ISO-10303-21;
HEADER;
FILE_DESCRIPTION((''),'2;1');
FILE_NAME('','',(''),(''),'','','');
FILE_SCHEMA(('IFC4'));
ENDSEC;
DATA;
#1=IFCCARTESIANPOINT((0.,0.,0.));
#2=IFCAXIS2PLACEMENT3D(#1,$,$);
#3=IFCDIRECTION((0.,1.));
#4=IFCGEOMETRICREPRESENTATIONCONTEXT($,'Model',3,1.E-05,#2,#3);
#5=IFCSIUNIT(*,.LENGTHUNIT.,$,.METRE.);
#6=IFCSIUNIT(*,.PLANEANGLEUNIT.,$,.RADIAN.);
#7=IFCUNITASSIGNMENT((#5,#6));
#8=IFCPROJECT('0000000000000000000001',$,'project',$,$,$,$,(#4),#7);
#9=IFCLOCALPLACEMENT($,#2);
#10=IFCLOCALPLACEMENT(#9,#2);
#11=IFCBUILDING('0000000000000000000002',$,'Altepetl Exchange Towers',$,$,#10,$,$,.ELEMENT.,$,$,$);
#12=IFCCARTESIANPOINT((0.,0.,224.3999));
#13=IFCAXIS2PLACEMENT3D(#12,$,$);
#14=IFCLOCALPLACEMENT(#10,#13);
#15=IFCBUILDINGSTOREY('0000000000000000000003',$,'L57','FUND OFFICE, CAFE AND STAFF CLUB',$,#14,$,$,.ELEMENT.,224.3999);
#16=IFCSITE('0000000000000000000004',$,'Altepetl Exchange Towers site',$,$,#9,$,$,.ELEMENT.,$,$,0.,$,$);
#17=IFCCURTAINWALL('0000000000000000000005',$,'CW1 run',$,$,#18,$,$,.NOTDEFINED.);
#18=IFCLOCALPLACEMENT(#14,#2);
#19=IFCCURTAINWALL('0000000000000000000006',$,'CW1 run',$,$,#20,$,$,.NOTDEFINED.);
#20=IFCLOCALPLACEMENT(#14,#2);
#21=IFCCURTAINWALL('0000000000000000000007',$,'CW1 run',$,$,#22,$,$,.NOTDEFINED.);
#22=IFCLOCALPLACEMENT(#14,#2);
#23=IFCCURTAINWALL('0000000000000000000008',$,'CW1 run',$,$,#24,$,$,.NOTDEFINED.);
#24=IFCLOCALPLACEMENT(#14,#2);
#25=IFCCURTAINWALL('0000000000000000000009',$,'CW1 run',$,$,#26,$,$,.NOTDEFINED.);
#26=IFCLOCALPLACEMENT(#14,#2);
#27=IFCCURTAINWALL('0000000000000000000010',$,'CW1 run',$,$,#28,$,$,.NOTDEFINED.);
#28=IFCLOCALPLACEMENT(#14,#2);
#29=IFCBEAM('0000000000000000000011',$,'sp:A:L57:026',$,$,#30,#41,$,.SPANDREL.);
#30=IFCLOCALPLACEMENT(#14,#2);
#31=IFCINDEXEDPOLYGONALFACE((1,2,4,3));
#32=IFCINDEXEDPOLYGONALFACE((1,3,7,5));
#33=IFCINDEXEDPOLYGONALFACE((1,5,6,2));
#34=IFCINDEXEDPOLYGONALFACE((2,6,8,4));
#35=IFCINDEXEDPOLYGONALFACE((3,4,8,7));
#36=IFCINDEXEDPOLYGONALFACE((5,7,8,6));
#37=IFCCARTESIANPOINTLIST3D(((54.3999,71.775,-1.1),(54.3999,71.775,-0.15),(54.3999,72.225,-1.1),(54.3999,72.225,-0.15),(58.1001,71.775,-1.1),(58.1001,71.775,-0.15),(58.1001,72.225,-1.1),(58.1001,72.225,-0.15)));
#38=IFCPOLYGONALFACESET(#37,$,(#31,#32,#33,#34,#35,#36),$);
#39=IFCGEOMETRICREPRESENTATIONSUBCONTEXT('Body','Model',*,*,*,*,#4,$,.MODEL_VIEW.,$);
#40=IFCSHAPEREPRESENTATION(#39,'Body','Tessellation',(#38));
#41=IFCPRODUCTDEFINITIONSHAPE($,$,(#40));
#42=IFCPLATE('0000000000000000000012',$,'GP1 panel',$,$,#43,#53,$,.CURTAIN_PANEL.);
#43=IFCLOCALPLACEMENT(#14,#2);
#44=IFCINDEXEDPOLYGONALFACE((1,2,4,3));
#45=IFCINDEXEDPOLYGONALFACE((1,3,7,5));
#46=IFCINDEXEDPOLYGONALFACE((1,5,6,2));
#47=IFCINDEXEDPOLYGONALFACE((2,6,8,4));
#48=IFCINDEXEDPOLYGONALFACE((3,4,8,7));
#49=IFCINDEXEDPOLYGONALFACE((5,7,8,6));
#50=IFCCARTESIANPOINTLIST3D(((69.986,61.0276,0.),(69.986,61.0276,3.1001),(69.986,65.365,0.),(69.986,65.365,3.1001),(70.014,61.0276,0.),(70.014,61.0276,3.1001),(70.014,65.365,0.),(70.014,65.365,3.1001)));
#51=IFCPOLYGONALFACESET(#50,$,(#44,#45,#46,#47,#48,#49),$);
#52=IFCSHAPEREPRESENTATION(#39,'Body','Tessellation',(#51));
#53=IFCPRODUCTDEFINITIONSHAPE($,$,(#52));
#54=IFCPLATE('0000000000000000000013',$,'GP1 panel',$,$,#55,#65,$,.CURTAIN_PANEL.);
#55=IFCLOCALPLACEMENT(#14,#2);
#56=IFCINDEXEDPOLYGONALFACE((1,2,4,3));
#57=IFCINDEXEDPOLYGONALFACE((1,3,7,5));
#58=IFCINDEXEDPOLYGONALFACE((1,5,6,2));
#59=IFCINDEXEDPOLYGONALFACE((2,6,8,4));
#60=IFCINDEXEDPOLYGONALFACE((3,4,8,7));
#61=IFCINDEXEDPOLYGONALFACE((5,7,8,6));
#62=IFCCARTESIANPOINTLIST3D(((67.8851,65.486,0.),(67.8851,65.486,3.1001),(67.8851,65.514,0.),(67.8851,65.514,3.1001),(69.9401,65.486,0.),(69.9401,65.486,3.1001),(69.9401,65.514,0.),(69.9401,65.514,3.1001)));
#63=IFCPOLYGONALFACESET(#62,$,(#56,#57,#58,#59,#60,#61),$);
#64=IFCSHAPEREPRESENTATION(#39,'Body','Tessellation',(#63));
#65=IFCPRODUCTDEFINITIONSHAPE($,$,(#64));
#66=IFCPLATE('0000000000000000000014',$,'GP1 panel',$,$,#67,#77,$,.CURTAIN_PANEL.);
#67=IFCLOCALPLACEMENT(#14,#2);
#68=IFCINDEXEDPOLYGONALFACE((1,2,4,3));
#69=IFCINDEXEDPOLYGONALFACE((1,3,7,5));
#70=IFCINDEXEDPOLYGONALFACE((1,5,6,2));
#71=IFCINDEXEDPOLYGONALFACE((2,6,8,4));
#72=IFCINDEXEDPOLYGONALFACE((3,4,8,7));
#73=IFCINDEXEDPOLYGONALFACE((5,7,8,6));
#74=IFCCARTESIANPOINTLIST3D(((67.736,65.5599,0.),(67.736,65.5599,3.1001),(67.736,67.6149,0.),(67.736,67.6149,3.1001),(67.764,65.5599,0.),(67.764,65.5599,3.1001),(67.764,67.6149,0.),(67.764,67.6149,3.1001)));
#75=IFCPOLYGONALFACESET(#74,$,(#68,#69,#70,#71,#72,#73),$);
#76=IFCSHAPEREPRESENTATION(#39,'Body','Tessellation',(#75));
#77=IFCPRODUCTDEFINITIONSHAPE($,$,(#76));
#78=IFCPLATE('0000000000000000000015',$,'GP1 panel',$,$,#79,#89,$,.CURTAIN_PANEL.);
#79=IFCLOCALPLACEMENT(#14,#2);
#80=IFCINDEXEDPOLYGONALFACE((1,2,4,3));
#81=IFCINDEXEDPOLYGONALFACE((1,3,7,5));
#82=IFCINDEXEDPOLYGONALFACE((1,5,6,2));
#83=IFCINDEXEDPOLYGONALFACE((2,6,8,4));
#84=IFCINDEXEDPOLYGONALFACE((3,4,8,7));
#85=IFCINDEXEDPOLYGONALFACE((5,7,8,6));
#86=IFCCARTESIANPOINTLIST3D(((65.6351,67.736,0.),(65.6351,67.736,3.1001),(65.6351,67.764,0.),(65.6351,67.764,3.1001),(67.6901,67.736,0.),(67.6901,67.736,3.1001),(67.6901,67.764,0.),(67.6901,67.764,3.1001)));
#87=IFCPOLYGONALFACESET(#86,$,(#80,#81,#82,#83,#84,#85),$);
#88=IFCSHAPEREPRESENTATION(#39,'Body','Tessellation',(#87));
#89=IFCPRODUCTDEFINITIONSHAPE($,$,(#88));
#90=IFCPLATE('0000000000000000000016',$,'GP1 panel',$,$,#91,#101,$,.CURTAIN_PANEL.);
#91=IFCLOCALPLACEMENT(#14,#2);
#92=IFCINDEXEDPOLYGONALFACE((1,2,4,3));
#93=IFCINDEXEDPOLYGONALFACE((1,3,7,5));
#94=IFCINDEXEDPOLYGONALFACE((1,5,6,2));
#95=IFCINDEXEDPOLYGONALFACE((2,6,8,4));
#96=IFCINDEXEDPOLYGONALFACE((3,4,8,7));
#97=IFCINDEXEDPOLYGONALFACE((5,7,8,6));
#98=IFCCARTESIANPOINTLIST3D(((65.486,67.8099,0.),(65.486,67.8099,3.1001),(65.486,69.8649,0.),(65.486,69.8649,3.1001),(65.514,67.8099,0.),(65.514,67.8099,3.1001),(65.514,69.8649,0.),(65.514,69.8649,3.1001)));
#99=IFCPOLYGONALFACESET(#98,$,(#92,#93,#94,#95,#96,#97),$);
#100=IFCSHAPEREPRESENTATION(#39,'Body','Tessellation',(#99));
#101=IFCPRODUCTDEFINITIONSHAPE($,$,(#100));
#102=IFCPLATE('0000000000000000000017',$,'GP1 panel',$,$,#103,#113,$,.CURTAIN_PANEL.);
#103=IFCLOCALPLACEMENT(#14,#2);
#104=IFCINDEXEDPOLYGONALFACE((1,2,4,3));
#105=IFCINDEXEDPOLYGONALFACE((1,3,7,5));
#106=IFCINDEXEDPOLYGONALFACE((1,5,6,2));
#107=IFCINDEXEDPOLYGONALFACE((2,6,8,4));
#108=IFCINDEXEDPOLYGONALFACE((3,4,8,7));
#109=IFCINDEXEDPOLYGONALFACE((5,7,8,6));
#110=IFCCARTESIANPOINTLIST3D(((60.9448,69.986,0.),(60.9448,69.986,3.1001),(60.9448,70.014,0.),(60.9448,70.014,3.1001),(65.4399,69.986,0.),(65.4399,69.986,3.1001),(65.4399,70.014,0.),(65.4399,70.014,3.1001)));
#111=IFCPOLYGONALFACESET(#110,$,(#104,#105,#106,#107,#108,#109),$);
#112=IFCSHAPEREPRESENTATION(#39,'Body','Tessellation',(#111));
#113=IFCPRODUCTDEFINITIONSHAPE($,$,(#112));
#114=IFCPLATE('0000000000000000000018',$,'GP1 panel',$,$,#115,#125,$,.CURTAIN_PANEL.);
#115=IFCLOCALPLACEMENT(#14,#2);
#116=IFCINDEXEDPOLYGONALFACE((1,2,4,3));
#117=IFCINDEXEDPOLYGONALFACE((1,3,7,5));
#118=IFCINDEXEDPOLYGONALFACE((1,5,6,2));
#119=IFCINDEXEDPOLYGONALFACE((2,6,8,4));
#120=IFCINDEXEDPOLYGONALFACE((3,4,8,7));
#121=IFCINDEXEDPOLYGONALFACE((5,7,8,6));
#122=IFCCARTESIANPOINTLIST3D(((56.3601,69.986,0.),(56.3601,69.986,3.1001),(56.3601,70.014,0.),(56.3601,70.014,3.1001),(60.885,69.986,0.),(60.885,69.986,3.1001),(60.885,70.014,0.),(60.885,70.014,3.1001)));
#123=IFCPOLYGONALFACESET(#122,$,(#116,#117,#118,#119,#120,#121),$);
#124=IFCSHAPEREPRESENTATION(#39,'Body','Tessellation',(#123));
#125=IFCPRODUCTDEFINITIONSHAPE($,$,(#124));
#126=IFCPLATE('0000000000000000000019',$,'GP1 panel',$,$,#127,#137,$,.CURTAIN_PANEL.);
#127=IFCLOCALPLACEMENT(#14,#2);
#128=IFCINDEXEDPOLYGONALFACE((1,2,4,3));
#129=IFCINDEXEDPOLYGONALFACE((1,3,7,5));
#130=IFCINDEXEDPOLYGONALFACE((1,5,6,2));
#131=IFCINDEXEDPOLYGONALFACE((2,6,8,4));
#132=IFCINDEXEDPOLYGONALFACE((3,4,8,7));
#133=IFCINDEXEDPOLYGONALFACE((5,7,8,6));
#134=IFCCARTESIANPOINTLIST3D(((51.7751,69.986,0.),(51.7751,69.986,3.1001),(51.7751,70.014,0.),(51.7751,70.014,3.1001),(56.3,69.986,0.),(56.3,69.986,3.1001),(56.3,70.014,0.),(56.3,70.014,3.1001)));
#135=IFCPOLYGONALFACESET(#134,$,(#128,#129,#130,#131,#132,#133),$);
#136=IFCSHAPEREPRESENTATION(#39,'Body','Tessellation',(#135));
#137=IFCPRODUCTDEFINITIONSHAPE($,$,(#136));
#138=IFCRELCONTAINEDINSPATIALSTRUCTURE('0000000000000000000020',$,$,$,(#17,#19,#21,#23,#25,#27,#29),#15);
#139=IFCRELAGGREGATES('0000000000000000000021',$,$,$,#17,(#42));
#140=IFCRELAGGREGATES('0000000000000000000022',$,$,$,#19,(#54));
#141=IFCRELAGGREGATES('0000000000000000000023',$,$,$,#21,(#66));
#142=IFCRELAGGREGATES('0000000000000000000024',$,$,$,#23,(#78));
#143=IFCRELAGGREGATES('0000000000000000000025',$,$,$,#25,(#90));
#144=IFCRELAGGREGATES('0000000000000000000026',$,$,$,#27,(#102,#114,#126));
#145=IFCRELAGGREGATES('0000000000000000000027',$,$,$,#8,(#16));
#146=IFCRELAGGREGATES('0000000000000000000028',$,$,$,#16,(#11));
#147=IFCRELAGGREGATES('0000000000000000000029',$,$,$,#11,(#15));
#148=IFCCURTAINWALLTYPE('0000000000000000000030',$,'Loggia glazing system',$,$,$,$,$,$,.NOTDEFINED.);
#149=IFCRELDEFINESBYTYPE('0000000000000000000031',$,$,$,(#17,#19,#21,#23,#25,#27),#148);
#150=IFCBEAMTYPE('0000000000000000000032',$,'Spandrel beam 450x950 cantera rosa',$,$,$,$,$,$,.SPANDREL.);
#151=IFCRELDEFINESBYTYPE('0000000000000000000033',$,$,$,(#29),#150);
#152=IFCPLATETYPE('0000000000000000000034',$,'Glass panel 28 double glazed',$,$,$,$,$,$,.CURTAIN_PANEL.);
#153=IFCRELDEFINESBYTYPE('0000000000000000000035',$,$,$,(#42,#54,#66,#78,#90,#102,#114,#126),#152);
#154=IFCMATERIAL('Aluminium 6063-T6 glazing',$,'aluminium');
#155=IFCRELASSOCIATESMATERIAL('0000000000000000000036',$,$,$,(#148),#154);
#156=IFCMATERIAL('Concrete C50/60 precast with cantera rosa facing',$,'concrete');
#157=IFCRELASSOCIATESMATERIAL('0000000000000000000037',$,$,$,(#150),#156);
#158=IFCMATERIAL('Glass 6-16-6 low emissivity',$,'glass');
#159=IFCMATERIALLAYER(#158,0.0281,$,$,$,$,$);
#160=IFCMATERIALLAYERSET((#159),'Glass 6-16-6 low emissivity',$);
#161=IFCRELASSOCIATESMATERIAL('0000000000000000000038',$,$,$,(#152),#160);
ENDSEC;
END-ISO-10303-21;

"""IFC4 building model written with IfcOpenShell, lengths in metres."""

from ifc_helpers import new_model, si_unit, direction, frame, origin, origin_2d, place, context, subcontext, project, spatial, rectangle, extrude, material, layer, layer_set, material_profile, profile_set, type_object, element, aggregate, save


model = new_model("IFC4")

# Units and contexts
model_context = context("Model", 3, precision=1e-05, world=origin(), true_north=direction((0.0, 1.0)))
body_context = subcontext(model_context, "Body", "Model", "MODEL_VIEW")
ifc_project = project(units=[si_unit("LENGTHUNIT", "METRE"), si_unit("PLANEANGLEUNIT", "RADIAN")], contexts=[model_context])

# Site, building, storey
site_placement = place(None, origin())
site = spatial("IfcSite", under=ifc_project, at=site_placement, Name="Altepetl Exchange Towers site", CompositionType="ELEMENT", RefElevation=0.0)
building_placement = place(site_placement, origin())
building = spatial("IfcBuilding", under=site, at=building_placement, Name="Altepetl Exchange Towers", CompositionType="ELEMENT")
storey_placement = place(building_placement, frame((0.0, 0.0, 224.3999)))
storey = spatial("IfcBuildingStorey", under=building, at=storey_placement, Name="L57", Description="FUND OFFICE, CAFE AND STAFF CLUB", CompositionType="ELEMENT", Elevation=224.3999)

# Curtain walls
ifc_material_1 = material(Name="Aluminium 6063-T6 glazing", Category="aluminium")
curtain_wall_type = type_object("IfcCurtainWallType", Name="Loggia glazing system", PredefinedType="NOTDEFINED", material=ifc_material_1)
curtain_wall_1_placement = place(storey_placement, origin())
curtain_wall_1 = element("IfcCurtainWall", 1, at=curtain_wall_1_placement, inside=storey, type_object=curtain_wall_type, Name="CW1 run", PredefinedType="NOTDEFINED")
curtain_wall_2_placement = place(storey_placement, origin())
curtain_wall_2 = element("IfcCurtainWall", 2, at=curtain_wall_2_placement, inside=storey, type_object=curtain_wall_type, Name="CW1 run", PredefinedType="NOTDEFINED")
curtain_wall_3_placement = place(storey_placement, origin())
curtain_wall_3 = element("IfcCurtainWall", 3, at=curtain_wall_3_placement, inside=storey, type_object=curtain_wall_type, Name="CW1 run", PredefinedType="NOTDEFINED")
curtain_wall_4_placement = place(storey_placement, origin())
curtain_wall_4 = element("IfcCurtainWall", 4, at=curtain_wall_4_placement, inside=storey, type_object=curtain_wall_type, Name="CW1 run", PredefinedType="NOTDEFINED")
curtain_wall_5_placement = place(storey_placement, origin())
curtain_wall_5 = element("IfcCurtainWall", 5, at=curtain_wall_5_placement, inside=storey, type_object=curtain_wall_type, Name="CW1 run", PredefinedType="NOTDEFINED")
curtain_wall_6_placement = place(storey_placement, origin())
curtain_wall_6 = element("IfcCurtainWall", 6, at=curtain_wall_6_placement, inside=storey, type_object=curtain_wall_type, Name="CW1 run", PredefinedType="NOTDEFINED")

# Beam
ifc_material_2 = material(Name="Concrete C50/60 precast with cantera rosa facing", Category="concrete")
ifc_material_profile_1 = material_profile(ifc_material_2, rectangle(XDim=0.45, YDim=0.95, at=origin_2d()), Name="450 x 950")
ifc_profile_set_1 = profile_set([ifc_material_profile_1], Name="Concrete C50/60 precast with cantera rosa facing")
beam_type = type_object("IfcBeamType", Name="Spandrel beam 450x950 cantera rosa", PredefinedType="SPANDREL", material=ifc_profile_set_1)
for number, where, z_axis, x_axis, name in (
    (7, (58.1001, 72.0, -0.625), (-1.0, 0.0, 0.0), (0.0, -1.0, 0.0), "sp:A:L57:026"),
):
    element("IfcBeam", number, at=place(storey_placement, frame(where, z_axis=z_axis, x_axis=x_axis)), inside=storey, type_object=beam_type, Name=name, PredefinedType="SPANDREL", context=body_context, shape_type="SweptSolid", body=[
        extrude(rectangle(XDim=0.45, YDim=0.95, at=origin_2d()), origin(), (0.0, 0.0, 1.0), 3.7002),
    ])

# Plates
ifc_material_3 = material(Name="Glass 6-16-6 low emissivity", Category="glass")
ifc_layer = layer(ifc_material_3, 0.0281)
ifc_layer_set = layer_set([ifc_layer], Name="Glass 6-16-6 low emissivity")
plate_type = type_object("IfcPlateType", Name="Glass panel 28 double glazed", PredefinedType="CURTAIN_PANEL", material=ifc_layer_set)
plate_1_placement = place(storey_placement, frame((70.0, 63.1963, 0.0), z_axis=(0.0, 0.0, 1.0), x_axis=(0.0, 1.0, 0.0)))
plate_1 = element("IfcPlate", 8, at=plate_1_placement, type_object=plate_type, Name="GP1 panel", PredefinedType="CURTAIN_PANEL", context=body_context, shape_type="SweptSolid", body=[
    extrude(rectangle(XDim=4.3374, YDim=0.0281, at=origin_2d()), origin(), (0.0, 0.0, 1.0), 3.1001),
])
aggregate(curtain_wall_1, [plate_1])
plate_2_placement = place(storey_placement, frame((68.9126, 65.5, 0.0), z_axis=(0.0, 0.0, 1.0), x_axis=(-1.0, 0.0, 0.0)))
plate_2 = element("IfcPlate", 9, at=plate_2_placement, type_object=plate_type, Name="GP1 panel", PredefinedType="CURTAIN_PANEL", context=body_context, shape_type="SweptSolid", body=[
    extrude(rectangle(XDim=2.0549, YDim=0.0281, at=origin_2d()), origin(), (0.0, 0.0, 1.0), 3.1001),
])
aggregate(curtain_wall_2, [plate_2])
plate_3_placement = place(storey_placement, frame((67.75, 66.5874, 0.0), z_axis=(0.0, 0.0, 1.0), x_axis=(0.0, 1.0, 0.0)))
plate_3 = element("IfcPlate", 10, at=plate_3_placement, type_object=plate_type, Name="GP1 panel", PredefinedType="CURTAIN_PANEL", context=body_context, shape_type="SweptSolid", body=[
    extrude(rectangle(XDim=2.0549, YDim=0.0281, at=origin_2d()), origin(), (0.0, 0.0, 1.0), 3.1001),
])
aggregate(curtain_wall_3, [plate_3])
plate_4_placement = place(storey_placement, frame((66.6626, 67.75, 0.0), z_axis=(0.0, 0.0, 1.0), x_axis=(-1.0, 0.0, 0.0)))
plate_4 = element("IfcPlate", 11, at=plate_4_placement, type_object=plate_type, Name="GP1 panel", PredefinedType="CURTAIN_PANEL", context=body_context, shape_type="SweptSolid", body=[
    extrude(rectangle(XDim=2.0549, YDim=0.0281, at=origin_2d()), origin(), (0.0, 0.0, 1.0), 3.1001),
])
aggregate(curtain_wall_4, [plate_4])
plate_5_placement = place(storey_placement, frame((65.5, 68.8374, 0.0), z_axis=(0.0, 0.0, 1.0), x_axis=(0.0, 1.0, 0.0)))
plate_5 = element("IfcPlate", 12, at=plate_5_placement, type_object=plate_type, Name="GP1 panel", PredefinedType="CURTAIN_PANEL", context=body_context, shape_type="SweptSolid", body=[
    extrude(rectangle(XDim=2.0549, YDim=0.0281, at=origin_2d()), origin(), (0.0, 0.0, 1.0), 3.1001),
])
aggregate(curtain_wall_5, [plate_5])
plate_6_placement = place(storey_placement, frame((63.1924, 70.0, 0.0), z_axis=(0.0, 0.0, 1.0), x_axis=(-1.0, 0.0, 0.0)))
plate_6 = element("IfcPlate", 13, at=plate_6_placement, type_object=plate_type, Name="GP1 panel", PredefinedType="CURTAIN_PANEL", context=body_context, shape_type="SweptSolid", body=[
    extrude(rectangle(XDim=4.4951, YDim=0.0281, at=origin_2d()), origin(), (0.0, 0.0, 1.0), 3.1001),
])
plate_7_placement = place(storey_placement, frame((58.6226, 70.0, 0.0), z_axis=(0.0, 0.0, 1.0), x_axis=(-1.0, 0.0, 0.0)))
plate_7 = element("IfcPlate", 14, at=plate_7_placement, type_object=plate_type, Name="GP1 panel", PredefinedType="CURTAIN_PANEL", context=body_context, shape_type="SweptSolid", body=[
    extrude(rectangle(XDim=4.5249, YDim=0.0281, at=origin_2d()), origin(), (0.0, 0.0, 1.0), 3.1001),
])
plate_8_placement = place(storey_placement, frame((54.0376, 70.0, 0.0), z_axis=(0.0, 0.0, 1.0), x_axis=(-1.0, 0.0, 0.0)))
plate_8 = element("IfcPlate", 15, at=plate_8_placement, type_object=plate_type, Name="GP1 panel", PredefinedType="CURTAIN_PANEL", context=body_context, shape_type="SweptSolid", body=[
    extrude(rectangle(XDim=4.5249, YDim=0.0281, at=origin_2d()), origin(), (0.0, 0.0, 1.0), 3.1001),
])
aggregate(curtain_wall_6, [plate_6, plate_7, plate_8])

save(model, "model.ifc")
